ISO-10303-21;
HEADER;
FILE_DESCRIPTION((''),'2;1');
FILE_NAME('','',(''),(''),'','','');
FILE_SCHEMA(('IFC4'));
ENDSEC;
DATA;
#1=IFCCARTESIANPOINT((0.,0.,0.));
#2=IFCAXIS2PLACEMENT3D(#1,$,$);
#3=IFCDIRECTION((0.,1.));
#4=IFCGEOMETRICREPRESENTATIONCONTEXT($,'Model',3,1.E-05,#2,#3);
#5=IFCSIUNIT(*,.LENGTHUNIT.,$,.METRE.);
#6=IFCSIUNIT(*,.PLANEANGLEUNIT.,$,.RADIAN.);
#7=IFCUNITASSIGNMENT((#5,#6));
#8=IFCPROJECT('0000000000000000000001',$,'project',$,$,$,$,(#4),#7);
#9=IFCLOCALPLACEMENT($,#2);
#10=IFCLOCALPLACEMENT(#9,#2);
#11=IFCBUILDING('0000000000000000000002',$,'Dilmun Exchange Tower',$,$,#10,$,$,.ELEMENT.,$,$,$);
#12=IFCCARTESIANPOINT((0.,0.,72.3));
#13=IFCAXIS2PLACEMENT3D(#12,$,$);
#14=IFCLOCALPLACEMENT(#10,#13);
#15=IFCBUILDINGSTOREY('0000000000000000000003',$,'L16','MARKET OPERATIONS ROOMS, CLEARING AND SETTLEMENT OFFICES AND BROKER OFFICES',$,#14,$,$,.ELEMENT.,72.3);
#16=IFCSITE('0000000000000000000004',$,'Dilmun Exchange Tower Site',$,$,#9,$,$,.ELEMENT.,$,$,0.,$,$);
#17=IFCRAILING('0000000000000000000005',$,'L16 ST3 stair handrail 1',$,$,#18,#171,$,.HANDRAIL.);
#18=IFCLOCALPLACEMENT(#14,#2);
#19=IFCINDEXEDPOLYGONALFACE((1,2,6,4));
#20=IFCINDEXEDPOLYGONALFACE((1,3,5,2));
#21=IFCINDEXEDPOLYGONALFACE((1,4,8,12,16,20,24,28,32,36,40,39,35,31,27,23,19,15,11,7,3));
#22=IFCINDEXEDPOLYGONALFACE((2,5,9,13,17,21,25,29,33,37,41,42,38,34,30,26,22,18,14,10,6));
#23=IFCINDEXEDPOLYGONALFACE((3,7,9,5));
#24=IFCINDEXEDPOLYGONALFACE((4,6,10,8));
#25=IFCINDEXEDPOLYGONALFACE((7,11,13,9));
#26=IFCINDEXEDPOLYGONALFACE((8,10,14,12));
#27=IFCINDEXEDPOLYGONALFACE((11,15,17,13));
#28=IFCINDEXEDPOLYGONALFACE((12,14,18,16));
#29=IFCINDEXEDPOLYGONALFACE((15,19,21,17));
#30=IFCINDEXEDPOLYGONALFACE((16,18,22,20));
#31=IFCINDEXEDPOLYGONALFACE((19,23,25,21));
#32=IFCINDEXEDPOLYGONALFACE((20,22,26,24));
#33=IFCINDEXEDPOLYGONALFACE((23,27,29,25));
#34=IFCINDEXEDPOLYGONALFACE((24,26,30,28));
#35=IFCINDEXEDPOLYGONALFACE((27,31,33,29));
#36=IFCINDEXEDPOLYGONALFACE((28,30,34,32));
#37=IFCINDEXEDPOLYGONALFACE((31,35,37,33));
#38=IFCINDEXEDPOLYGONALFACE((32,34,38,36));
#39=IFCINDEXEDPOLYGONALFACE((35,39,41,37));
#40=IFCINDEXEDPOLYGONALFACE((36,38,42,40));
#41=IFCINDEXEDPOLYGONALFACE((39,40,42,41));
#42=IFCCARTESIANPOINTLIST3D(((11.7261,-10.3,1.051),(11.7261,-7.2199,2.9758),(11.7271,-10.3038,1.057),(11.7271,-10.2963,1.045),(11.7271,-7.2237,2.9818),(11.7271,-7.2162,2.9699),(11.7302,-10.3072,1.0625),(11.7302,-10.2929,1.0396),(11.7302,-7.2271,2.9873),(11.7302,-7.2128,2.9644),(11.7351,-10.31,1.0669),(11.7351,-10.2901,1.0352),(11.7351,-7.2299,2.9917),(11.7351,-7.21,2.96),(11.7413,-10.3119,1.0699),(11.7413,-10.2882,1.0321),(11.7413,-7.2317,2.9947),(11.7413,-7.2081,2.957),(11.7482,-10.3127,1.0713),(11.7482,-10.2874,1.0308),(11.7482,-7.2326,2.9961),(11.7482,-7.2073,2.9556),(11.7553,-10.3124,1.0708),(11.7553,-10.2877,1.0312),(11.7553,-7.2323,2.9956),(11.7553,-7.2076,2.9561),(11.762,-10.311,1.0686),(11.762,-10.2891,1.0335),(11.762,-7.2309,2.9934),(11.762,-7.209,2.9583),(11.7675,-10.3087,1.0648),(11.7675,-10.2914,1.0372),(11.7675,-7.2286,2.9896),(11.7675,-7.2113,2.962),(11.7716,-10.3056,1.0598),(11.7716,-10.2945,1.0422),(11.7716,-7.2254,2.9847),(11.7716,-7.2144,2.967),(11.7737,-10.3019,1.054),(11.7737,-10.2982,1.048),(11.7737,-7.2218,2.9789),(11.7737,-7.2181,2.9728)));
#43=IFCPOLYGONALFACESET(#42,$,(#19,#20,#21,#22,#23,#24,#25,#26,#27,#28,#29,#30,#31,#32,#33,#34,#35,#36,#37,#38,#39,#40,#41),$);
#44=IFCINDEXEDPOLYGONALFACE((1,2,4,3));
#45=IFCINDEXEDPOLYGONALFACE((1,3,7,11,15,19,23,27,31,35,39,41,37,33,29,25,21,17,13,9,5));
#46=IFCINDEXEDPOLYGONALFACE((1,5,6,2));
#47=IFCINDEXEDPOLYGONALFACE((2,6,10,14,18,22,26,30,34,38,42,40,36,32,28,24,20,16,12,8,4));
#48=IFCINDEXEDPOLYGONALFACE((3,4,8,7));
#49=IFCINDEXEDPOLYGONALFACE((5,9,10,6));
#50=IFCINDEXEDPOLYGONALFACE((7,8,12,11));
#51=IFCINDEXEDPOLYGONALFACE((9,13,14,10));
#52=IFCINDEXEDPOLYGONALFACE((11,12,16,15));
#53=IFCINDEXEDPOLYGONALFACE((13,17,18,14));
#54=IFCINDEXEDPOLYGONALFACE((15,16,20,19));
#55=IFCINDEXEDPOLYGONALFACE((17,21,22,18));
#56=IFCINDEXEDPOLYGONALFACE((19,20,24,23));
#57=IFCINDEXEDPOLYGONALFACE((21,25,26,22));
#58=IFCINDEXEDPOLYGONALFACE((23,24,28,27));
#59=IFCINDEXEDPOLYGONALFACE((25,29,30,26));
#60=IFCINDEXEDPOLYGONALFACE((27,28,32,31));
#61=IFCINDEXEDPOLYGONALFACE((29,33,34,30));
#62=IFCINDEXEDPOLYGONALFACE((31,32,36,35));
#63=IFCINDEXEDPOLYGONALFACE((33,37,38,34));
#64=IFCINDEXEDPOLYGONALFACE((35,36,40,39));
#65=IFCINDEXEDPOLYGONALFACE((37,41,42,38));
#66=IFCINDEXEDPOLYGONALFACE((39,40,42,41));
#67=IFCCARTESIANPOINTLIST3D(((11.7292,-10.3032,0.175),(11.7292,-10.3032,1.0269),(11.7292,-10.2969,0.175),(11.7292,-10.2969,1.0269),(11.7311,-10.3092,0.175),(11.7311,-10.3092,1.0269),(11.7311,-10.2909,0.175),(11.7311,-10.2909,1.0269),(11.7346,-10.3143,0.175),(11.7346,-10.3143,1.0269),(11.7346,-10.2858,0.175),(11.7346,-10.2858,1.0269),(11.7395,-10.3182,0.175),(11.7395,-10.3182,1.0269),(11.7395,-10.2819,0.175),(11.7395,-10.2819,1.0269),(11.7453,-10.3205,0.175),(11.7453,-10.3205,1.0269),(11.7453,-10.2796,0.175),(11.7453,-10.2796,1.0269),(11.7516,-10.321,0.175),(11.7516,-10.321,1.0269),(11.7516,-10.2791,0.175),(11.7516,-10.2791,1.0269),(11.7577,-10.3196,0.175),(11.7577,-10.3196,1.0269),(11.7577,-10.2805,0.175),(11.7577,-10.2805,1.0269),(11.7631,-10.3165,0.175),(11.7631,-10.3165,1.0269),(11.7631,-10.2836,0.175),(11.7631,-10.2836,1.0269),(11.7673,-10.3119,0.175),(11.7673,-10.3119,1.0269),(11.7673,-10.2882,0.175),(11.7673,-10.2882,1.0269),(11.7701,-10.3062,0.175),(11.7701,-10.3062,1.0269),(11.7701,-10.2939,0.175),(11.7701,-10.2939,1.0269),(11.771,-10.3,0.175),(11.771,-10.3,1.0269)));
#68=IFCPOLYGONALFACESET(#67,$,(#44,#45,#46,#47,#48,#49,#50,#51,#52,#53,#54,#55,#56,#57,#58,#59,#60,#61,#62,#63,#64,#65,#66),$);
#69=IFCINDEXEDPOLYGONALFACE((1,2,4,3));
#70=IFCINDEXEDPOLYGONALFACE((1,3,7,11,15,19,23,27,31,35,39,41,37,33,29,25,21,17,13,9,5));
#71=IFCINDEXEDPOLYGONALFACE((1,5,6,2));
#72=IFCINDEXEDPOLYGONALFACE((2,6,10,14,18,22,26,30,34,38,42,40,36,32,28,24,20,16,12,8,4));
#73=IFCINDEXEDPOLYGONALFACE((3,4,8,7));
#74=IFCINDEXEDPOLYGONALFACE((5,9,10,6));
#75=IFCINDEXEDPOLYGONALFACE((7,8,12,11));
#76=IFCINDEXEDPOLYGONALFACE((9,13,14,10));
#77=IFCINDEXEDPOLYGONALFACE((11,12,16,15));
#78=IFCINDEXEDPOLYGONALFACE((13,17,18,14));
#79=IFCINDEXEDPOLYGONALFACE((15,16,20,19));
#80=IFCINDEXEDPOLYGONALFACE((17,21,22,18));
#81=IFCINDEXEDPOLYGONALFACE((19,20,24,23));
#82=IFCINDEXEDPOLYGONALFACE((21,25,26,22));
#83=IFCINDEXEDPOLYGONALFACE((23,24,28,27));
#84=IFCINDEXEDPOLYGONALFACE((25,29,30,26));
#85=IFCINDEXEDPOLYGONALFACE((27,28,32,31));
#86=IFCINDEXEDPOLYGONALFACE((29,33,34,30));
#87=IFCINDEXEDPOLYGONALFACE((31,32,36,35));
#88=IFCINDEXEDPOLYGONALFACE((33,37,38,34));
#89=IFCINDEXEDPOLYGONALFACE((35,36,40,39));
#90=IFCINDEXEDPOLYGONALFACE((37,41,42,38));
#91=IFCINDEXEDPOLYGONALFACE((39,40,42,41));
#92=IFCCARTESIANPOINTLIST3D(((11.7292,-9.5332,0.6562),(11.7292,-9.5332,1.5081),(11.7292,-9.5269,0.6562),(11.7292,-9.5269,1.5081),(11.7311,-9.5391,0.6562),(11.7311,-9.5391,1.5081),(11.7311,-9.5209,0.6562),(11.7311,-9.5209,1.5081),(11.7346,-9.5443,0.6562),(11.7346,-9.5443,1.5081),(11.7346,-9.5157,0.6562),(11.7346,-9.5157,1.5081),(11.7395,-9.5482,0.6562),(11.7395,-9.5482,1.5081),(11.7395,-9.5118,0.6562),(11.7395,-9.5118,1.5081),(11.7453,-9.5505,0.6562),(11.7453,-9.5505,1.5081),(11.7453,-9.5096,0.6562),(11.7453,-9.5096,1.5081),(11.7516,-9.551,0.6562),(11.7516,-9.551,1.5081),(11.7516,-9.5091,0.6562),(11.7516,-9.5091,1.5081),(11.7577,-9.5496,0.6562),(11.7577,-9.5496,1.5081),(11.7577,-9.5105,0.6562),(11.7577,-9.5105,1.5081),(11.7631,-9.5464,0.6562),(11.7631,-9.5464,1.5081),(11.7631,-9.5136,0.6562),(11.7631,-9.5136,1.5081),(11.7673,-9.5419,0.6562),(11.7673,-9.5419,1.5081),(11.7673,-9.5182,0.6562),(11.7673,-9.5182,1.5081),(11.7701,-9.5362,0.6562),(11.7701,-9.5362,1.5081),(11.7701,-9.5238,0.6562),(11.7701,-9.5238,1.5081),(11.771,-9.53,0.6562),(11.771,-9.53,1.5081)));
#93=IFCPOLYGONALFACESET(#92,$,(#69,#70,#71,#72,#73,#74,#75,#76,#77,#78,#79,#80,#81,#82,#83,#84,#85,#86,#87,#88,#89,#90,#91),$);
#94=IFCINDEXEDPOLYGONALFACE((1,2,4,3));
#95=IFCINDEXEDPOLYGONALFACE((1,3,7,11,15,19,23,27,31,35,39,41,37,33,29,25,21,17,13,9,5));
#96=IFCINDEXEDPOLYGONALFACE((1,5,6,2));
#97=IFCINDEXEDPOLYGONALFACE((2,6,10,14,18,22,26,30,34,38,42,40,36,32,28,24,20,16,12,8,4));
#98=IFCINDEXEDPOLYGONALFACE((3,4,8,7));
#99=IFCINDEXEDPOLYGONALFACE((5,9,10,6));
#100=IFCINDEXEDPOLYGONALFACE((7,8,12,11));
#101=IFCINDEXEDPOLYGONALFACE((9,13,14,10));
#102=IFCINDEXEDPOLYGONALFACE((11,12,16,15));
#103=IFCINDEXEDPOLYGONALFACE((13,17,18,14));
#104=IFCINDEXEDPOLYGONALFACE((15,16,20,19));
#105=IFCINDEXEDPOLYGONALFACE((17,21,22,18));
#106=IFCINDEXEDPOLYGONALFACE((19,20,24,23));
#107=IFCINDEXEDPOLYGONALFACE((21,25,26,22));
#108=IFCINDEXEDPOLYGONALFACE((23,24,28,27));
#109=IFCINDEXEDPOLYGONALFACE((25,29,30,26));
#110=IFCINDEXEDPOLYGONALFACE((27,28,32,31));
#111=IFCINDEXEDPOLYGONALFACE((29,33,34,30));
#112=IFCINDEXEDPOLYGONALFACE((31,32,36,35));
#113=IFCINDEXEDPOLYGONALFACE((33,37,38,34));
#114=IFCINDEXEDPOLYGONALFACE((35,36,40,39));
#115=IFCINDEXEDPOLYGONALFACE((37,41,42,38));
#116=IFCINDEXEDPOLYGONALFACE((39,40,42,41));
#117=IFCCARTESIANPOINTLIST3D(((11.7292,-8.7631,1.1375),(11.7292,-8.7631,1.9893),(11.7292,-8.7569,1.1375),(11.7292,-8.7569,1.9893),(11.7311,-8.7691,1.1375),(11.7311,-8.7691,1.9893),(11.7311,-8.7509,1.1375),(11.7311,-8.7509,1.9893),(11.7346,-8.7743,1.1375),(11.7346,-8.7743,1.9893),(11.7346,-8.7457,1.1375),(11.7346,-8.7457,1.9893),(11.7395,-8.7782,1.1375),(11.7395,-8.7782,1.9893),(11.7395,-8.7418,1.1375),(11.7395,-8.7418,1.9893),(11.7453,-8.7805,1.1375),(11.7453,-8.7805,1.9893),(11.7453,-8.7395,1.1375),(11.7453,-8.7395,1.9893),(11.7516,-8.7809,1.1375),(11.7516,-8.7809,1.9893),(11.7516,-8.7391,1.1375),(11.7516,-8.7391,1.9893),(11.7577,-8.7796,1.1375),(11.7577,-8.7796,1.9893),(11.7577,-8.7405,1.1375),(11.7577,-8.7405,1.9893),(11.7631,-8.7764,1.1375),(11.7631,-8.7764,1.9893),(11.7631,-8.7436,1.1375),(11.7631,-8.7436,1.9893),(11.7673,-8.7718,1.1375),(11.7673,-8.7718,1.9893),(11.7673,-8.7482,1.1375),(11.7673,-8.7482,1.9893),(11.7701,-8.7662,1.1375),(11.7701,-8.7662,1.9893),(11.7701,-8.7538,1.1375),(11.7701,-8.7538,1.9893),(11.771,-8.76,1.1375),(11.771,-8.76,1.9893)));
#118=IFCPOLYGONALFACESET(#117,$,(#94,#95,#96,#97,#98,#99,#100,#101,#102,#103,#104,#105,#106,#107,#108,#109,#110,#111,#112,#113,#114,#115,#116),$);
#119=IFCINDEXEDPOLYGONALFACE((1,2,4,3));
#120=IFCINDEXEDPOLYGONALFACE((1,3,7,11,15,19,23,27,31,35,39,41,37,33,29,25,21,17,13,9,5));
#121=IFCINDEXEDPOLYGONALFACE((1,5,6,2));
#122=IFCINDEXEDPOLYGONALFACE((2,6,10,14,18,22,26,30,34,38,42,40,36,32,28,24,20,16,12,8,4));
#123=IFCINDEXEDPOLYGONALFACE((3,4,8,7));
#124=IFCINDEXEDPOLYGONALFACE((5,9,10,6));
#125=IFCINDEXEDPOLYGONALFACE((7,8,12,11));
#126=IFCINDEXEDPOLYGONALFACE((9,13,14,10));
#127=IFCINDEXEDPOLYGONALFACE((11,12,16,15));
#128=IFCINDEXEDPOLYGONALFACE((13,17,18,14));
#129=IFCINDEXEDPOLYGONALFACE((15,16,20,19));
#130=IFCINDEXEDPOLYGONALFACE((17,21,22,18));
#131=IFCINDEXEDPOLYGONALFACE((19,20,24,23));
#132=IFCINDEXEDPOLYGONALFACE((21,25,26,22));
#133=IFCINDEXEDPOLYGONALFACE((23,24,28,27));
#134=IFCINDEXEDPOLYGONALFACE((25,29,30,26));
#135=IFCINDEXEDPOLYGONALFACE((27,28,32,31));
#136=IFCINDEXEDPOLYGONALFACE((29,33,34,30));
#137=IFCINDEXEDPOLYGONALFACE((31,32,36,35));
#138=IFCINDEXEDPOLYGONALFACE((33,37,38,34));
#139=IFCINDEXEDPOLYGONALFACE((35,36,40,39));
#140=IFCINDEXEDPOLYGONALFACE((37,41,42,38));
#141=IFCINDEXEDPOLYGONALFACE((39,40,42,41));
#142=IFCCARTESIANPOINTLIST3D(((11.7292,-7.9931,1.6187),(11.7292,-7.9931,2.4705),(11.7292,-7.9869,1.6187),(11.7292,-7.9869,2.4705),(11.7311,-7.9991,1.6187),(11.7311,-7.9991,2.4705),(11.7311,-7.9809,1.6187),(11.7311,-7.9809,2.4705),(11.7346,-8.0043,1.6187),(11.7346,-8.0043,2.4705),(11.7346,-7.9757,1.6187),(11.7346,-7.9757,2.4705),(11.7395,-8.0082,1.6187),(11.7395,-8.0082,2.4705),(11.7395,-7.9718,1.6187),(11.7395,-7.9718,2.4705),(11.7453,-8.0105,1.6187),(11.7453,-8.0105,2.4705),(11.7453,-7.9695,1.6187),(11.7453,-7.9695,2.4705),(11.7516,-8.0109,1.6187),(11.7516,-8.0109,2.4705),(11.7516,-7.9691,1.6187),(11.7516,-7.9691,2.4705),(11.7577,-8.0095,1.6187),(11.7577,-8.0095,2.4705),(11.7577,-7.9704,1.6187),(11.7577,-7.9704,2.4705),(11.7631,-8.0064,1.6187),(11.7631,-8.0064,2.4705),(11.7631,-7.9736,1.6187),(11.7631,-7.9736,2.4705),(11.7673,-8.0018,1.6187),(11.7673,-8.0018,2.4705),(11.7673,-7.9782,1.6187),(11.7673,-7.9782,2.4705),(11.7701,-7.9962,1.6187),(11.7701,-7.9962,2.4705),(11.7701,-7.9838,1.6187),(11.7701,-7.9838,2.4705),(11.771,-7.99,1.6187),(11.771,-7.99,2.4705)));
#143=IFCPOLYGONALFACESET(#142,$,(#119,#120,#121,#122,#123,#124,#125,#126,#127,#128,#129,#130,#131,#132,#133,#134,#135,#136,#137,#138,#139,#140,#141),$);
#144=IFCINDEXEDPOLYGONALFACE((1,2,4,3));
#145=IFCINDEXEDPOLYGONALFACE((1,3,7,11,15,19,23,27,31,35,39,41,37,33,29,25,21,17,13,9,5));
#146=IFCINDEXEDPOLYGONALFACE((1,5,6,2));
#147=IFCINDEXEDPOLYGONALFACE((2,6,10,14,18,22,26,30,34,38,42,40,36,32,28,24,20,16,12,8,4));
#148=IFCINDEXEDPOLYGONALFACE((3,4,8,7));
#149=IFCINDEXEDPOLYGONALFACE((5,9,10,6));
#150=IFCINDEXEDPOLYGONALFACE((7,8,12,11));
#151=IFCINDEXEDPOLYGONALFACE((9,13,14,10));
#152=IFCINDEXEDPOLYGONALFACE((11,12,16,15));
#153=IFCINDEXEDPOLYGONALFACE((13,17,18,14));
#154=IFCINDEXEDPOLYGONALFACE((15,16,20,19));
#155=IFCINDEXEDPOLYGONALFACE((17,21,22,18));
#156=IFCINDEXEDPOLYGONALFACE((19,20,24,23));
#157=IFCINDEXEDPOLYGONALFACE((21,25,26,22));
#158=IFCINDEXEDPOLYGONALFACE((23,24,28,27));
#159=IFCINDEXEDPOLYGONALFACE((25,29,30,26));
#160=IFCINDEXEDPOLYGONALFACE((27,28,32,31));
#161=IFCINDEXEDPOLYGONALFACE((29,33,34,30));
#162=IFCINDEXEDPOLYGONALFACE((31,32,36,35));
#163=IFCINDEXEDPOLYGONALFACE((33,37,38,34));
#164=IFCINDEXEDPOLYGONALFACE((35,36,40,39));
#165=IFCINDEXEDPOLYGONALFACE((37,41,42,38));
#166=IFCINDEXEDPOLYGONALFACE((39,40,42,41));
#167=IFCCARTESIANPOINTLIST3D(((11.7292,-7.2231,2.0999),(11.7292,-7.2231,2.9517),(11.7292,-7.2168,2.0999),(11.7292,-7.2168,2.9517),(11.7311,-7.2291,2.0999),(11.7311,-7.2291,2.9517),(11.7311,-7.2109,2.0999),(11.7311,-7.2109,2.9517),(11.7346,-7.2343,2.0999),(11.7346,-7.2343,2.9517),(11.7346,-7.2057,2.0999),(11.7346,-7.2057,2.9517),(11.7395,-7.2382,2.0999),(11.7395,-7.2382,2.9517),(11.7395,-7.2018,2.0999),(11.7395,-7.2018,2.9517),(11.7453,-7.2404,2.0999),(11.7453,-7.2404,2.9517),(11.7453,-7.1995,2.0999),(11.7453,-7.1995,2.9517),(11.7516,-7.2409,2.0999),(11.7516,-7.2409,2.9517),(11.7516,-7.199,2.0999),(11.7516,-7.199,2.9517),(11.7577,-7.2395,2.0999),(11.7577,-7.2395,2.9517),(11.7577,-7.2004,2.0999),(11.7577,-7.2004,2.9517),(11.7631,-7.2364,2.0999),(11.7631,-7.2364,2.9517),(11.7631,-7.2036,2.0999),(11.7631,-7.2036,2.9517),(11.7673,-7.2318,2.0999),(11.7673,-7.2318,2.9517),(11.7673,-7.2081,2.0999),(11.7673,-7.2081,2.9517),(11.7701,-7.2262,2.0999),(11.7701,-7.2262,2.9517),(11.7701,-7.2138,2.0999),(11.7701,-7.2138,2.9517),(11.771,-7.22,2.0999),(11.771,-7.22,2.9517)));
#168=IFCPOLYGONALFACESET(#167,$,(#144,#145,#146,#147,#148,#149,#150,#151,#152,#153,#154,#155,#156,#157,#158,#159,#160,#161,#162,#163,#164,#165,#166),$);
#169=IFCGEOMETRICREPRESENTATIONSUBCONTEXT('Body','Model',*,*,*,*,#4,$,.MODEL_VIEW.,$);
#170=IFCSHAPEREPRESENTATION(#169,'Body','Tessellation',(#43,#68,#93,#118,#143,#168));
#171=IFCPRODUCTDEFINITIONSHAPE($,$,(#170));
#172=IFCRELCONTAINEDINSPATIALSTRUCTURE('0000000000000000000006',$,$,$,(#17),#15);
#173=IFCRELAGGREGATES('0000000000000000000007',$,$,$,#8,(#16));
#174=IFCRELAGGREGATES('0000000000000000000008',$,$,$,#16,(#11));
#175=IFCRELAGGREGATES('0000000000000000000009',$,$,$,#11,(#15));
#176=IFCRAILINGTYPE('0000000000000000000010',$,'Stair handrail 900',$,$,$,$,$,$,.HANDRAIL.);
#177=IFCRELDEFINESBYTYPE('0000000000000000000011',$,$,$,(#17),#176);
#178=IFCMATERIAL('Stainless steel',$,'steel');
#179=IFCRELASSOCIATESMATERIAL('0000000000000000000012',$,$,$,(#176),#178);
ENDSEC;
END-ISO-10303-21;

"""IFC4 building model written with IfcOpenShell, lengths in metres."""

from ifc_helpers import new_model, si_unit, direction, frame, origin, origin_2d, place, context, subcontext, project, spatial, circle, extrude, material, type_object, element, save


model = new_model("IFC4")

# Units and contexts
model_context = context("Model", 3, precision=1e-05, world=origin(), true_north=direction((0.0, 1.0)))
body_context = subcontext(model_context, "Body", "Model", "MODEL_VIEW")
ifc_project = project(units=[si_unit("LENGTHUNIT", "METRE"), si_unit("PLANEANGLEUNIT", "RADIAN")], contexts=[model_context])

# Site, building, storey
site_placement = place(None, origin())
site = spatial("IfcSite", under=ifc_project, at=site_placement, Name="Dilmun Exchange Tower Site", CompositionType="ELEMENT", RefElevation=0.0)
building_placement = place(site_placement, origin())
building = spatial("IfcBuilding", under=site, at=building_placement, Name="Dilmun Exchange Tower", CompositionType="ELEMENT")
storey_placement = place(building_placement, frame((0.0, 0.0, 72.3)))
storey = spatial("IfcBuildingStorey", under=building, at=storey_placement, Name="L16", Description="MARKET OPERATIONS ROOMS, CLEARING AND SETTLEMENT OFFICES AND BROKER OFFICES", CompositionType="ELEMENT", Elevation=72.3)

# Railing
ifc_material_1 = material(Name="Stainless steel", Category="steel")
railing_type = type_object("IfcRailingType", Name="Stair handrail 900", PredefinedType="HANDRAIL", material=ifc_material_1)
railing_placement = place(storey_placement, frame((11.75, -10.3, 0.175)))
element("IfcRailing", 1, at=railing_placement, inside=storey, type_object=railing_type, Name="L16 ST3 stair handrail 1", PredefinedType="HANDRAIL", context=body_context, shape_type="SweptSolid", body=[
    extrude(circle(Radius=0.0239, at=origin_2d()), frame((0.0, 0.0, 0.876), z_axis=(0.0, 0.848029, 0.529951), x_axis=(-1.0, 0.0, 0.0)), (0.0, 0.0, 1.0), 3.6321),
    extrude(circle(Radius=0.021, at=origin_2d()), origin(), (0.0, 0.0, 1.0), 0.8518),
    extrude(circle(Radius=0.021, at=origin_2d()), frame((0.0, 0.77, 0.4812)), (0.0, 0.0, 1.0), 0.8518),
    extrude(circle(Radius=0.021, at=origin_2d()), frame((0.0, 1.54, 0.9624)), (0.0, 0.0, 1.0), 0.8518),
    extrude(circle(Radius=0.021, at=origin_2d()), frame((0.0, 2.3101, 1.4436)), (0.0, 0.0, 1.0), 0.8518),
    extrude(circle(Radius=0.021, at=origin_2d()), frame((0.0, 3.0801, 1.9248)), (0.0, 0.0, 1.0), 0.8518),
])

save(model, "model.ifc")
